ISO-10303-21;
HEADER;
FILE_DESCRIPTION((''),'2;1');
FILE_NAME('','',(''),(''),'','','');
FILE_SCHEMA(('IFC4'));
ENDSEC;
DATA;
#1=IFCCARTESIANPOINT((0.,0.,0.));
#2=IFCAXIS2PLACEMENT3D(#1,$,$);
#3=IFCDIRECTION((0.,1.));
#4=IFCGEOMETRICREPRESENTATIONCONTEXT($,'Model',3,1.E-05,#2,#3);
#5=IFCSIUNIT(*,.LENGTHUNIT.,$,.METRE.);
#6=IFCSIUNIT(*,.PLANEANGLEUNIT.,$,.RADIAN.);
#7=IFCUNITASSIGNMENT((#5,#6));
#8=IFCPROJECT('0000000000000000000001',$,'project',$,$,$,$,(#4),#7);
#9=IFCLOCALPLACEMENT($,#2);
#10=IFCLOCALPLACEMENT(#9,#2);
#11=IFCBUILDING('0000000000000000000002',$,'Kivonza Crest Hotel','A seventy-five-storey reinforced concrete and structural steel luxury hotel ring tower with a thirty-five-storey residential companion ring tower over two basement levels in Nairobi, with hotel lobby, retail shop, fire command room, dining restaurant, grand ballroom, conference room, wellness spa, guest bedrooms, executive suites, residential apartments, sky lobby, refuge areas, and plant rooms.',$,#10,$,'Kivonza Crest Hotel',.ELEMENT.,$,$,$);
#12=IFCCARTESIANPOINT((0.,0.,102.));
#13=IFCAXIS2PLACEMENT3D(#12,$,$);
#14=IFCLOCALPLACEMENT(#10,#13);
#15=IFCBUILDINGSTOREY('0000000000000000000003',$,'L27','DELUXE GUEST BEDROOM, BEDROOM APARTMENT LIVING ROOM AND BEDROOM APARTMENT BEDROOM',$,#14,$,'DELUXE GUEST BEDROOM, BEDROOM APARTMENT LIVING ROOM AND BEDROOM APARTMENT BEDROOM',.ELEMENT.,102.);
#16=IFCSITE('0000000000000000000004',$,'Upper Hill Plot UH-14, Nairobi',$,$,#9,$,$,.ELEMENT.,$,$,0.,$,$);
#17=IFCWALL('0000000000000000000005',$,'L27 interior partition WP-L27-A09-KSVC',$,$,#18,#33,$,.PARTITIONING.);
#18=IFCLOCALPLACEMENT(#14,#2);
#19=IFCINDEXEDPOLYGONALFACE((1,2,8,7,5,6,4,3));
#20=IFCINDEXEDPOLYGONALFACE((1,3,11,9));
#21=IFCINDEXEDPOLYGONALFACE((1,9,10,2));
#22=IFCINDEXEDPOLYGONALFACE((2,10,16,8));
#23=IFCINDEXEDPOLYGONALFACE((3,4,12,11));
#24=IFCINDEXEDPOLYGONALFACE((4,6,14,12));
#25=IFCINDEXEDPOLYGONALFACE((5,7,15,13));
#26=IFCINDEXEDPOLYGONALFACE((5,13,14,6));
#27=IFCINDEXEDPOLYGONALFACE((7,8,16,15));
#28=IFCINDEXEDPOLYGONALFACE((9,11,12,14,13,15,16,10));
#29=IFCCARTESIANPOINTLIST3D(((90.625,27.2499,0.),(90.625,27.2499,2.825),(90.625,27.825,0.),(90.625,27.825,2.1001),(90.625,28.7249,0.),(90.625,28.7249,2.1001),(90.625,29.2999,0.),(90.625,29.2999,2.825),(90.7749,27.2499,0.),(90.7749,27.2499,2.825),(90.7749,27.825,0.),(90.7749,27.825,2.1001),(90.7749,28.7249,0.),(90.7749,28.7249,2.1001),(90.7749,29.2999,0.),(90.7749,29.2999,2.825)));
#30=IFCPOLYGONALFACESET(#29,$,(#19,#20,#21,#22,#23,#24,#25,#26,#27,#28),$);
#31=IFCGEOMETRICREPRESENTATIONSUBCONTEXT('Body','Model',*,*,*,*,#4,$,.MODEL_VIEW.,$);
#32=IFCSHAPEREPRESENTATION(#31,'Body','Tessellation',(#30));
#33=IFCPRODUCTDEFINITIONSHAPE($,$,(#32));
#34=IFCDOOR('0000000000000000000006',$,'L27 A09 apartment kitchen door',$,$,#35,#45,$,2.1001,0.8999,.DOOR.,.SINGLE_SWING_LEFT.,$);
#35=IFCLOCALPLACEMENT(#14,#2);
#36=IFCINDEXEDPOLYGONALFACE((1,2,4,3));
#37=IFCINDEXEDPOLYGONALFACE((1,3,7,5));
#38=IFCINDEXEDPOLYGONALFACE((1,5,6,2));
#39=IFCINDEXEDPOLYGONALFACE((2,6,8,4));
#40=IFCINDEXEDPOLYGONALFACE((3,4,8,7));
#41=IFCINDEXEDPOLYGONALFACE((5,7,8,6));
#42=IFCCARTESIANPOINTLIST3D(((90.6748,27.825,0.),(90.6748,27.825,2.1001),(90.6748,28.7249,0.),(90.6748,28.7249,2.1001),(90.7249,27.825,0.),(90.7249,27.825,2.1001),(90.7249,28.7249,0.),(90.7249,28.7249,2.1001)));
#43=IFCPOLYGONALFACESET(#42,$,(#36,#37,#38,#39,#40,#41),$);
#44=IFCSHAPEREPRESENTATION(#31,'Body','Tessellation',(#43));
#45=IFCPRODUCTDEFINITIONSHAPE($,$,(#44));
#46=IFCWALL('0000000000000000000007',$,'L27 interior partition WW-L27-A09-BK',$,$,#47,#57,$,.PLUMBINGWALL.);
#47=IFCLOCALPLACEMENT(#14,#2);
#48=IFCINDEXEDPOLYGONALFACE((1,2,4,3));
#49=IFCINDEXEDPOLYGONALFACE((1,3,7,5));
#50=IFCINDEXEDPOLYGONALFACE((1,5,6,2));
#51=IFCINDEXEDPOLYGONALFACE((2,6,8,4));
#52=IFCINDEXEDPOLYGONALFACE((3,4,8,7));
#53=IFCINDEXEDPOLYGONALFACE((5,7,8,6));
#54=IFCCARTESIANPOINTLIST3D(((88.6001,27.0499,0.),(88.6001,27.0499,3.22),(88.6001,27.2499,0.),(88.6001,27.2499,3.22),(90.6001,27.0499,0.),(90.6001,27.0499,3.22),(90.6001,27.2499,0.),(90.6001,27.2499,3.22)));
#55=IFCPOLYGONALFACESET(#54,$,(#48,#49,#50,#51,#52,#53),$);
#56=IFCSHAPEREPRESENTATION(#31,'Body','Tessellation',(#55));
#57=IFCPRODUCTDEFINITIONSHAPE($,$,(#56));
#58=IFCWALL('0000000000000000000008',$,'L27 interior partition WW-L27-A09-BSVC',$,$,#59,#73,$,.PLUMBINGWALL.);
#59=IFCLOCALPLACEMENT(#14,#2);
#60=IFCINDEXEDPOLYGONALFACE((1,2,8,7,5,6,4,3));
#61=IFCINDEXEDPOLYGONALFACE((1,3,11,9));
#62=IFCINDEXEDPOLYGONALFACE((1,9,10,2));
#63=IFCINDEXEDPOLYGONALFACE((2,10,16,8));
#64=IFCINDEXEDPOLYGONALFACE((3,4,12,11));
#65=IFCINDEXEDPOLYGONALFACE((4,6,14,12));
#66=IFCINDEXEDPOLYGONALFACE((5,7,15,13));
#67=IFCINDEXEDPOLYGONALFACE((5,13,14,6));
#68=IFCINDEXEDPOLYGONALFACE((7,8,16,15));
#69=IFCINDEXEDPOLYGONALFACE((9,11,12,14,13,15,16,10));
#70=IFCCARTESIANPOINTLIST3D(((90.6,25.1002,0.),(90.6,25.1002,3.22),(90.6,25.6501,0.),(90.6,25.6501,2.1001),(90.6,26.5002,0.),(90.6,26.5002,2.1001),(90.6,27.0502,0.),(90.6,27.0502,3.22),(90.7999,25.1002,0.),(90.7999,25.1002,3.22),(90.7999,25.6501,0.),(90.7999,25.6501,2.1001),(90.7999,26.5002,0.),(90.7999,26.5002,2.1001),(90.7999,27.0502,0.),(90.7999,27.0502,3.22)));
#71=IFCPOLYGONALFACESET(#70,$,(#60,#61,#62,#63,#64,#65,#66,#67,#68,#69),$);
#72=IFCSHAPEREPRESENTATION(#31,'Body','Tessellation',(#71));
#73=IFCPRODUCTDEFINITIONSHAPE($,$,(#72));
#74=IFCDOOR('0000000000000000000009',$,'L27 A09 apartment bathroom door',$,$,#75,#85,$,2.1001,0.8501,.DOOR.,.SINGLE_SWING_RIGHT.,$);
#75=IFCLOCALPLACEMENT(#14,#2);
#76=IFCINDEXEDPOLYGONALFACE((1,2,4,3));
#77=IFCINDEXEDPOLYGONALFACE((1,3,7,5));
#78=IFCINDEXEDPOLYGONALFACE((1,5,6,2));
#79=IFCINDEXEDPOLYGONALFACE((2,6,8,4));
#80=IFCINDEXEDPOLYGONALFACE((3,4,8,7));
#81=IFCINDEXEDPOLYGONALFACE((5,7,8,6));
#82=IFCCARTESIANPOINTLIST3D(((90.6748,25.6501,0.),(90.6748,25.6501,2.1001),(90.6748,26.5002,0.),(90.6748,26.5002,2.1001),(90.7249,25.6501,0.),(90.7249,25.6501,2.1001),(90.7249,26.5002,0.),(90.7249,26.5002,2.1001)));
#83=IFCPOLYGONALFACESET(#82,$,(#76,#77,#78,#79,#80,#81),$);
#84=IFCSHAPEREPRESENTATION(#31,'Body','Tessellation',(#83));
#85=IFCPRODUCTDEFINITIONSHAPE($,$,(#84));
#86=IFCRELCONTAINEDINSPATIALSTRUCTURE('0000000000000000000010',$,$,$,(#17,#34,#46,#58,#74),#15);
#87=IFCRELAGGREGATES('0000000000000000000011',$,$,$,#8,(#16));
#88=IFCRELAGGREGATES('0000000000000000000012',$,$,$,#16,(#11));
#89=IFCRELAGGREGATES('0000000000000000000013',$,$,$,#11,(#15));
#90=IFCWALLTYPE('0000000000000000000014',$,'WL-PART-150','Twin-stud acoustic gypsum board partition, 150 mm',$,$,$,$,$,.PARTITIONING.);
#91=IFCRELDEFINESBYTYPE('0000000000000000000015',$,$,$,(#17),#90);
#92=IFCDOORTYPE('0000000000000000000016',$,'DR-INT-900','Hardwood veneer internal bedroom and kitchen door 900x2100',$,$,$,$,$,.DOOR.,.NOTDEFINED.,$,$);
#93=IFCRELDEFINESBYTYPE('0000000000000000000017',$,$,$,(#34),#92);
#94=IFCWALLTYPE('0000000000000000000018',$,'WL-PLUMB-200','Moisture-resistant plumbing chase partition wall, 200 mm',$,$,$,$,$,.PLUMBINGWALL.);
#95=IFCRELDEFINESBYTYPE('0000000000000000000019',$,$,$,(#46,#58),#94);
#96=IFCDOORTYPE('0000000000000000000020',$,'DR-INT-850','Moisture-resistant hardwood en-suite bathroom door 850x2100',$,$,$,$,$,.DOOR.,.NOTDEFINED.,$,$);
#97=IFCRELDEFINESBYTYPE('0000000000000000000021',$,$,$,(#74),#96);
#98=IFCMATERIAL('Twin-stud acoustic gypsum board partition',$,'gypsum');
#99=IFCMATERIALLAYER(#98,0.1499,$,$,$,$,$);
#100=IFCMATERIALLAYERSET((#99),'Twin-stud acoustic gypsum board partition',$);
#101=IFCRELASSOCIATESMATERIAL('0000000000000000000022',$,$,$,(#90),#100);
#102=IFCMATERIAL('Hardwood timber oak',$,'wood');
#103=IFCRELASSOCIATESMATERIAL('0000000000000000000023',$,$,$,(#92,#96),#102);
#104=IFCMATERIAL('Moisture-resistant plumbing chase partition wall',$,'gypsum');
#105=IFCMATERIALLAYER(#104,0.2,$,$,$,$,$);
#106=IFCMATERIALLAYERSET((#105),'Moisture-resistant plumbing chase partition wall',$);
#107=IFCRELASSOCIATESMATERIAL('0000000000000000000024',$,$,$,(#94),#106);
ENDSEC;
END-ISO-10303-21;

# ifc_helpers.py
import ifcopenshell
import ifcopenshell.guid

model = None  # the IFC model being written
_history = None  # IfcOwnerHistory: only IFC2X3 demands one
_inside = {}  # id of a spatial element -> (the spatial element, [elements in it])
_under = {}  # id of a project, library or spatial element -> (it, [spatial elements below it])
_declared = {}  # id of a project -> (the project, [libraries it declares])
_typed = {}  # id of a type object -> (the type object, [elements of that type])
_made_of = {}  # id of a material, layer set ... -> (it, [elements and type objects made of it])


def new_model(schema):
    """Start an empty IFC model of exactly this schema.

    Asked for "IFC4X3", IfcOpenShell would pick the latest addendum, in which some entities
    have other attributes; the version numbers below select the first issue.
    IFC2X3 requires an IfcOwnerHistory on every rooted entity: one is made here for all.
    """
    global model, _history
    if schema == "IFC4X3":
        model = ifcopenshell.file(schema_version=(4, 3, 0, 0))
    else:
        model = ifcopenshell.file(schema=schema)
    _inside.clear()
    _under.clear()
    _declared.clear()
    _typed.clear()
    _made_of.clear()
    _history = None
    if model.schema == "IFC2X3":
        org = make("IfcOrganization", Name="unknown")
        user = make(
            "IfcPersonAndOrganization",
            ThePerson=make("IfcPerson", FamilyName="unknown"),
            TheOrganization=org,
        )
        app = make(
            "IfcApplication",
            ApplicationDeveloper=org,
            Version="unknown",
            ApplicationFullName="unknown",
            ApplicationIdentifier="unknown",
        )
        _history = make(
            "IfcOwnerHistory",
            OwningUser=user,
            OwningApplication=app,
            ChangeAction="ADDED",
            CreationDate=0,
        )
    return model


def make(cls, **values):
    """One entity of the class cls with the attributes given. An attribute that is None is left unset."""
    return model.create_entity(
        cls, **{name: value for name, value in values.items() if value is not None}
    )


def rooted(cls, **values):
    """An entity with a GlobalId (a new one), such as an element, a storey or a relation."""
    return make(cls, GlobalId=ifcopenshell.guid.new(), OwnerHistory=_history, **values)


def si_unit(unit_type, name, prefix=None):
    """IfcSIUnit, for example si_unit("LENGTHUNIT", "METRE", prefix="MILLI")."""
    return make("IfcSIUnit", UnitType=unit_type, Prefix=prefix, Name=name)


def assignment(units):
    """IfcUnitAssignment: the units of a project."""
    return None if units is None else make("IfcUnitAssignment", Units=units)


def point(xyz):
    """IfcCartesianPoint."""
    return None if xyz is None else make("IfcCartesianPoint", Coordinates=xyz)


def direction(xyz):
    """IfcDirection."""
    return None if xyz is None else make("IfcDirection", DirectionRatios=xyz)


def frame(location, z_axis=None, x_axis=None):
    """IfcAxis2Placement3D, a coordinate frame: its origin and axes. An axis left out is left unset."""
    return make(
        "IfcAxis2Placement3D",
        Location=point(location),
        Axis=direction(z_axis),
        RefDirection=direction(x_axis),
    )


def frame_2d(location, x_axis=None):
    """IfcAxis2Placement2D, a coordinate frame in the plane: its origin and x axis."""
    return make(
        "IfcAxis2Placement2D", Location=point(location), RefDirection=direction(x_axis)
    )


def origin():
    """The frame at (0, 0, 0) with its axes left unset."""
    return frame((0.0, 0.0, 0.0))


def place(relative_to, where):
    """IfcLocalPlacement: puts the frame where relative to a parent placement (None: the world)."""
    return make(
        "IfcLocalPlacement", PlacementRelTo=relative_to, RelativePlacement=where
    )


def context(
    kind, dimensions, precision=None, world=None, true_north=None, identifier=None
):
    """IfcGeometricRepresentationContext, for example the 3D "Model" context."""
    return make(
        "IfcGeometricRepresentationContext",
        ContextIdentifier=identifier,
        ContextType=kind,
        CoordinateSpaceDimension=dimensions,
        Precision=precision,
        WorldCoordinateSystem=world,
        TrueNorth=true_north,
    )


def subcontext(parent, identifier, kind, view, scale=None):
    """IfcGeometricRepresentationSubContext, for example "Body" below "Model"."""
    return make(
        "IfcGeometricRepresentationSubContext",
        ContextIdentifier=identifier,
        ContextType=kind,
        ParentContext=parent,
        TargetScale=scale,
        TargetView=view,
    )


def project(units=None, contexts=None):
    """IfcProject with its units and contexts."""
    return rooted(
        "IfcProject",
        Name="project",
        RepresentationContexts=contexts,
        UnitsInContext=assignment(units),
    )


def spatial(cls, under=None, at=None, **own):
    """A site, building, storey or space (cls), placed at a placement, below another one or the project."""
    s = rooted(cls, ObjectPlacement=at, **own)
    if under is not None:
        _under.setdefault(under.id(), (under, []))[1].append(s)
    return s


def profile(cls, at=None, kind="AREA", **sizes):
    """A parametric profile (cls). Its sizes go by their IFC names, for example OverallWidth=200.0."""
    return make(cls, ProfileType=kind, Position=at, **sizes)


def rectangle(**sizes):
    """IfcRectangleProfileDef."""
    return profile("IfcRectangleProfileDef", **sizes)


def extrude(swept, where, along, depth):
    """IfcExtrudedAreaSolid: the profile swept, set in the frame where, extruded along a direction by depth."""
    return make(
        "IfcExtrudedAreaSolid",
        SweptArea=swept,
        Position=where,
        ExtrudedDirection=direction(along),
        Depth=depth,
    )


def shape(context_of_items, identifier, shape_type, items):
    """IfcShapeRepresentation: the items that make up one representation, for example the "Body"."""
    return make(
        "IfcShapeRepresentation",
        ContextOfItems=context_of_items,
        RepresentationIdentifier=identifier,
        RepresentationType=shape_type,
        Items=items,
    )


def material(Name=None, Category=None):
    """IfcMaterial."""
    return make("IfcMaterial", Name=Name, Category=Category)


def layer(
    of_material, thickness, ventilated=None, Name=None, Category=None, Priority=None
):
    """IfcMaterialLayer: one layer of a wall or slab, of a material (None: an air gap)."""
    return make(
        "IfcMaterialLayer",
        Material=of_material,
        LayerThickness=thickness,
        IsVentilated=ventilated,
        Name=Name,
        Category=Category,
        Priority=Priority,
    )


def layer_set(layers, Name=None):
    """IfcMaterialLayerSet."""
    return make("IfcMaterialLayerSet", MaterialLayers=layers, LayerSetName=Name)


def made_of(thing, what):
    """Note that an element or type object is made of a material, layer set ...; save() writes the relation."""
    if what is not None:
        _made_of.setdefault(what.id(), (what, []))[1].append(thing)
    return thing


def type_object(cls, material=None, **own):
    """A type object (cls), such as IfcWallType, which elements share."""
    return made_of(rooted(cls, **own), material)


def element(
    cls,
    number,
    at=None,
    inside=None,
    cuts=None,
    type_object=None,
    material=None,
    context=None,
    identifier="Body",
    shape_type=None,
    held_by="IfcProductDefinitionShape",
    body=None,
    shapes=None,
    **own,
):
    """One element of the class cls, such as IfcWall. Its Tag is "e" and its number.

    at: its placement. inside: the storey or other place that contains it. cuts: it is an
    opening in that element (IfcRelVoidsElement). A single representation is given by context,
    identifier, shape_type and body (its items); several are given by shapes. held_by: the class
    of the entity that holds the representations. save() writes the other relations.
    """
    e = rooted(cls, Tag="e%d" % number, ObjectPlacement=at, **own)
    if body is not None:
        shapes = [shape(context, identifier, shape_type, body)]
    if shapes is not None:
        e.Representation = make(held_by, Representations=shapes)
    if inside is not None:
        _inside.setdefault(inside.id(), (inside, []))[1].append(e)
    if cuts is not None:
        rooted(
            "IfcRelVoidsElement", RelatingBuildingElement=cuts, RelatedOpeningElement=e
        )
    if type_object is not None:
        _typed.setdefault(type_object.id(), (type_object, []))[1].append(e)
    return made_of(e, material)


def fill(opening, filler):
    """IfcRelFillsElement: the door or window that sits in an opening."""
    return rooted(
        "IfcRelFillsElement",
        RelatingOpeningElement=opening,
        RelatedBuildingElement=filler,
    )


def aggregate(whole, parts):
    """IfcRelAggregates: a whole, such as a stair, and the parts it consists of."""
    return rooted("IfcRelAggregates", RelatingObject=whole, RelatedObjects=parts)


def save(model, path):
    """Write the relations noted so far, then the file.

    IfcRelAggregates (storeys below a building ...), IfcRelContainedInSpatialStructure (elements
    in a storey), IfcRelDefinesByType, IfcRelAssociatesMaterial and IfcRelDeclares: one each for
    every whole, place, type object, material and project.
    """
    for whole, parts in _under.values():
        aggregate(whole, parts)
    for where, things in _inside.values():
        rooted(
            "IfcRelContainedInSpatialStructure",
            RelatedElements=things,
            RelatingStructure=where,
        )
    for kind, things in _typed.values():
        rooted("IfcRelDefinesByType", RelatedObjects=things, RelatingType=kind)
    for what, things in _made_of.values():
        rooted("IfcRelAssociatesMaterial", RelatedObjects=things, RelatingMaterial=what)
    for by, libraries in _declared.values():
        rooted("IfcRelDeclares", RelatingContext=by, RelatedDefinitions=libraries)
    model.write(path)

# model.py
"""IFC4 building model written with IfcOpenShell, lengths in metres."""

from ifc_helpers import new_model, si_unit, direction, frame, frame_2d, origin, place, context, subcontext, project, spatial, rectangle, extrude, material, layer, layer_set, type_object, element, fill, save


model = new_model("IFC4")

# Units and contexts
model_context = context("Model", 3, precision=1e-05, world=origin(), true_north=direction((0.0, 1.0)))
body_context = subcontext(model_context, "Body", "Model", "MODEL_VIEW")
ifc_project = project(units=[si_unit("LENGTHUNIT", "METRE"), si_unit("PLANEANGLEUNIT", "RADIAN")], contexts=[model_context])

# Site, building, storey
site_placement = place(None, origin())
site = spatial("IfcSite", under=ifc_project, at=site_placement, Name="Upper Hill Plot UH-14, Nairobi", CompositionType="ELEMENT", RefElevation=0.0)
building_placement = place(site_placement, origin())
building = spatial("IfcBuilding", under=site, at=building_placement, Name="Kivonza Crest Hotel", Description="A seventy-five-storey reinforced concrete and structural steel luxury hotel ring tower with a thirty-five-storey residential companion ring tower over two basement levels in Nairobi, with hotel lobby, retail shop, fire command room, dining restaurant, grand ballroom, conference room, wellness spa, guest bedrooms, executive suites, residential apartments, sky lobby, refuge areas, and plant rooms.", LongName="Kivonza Crest Hotel", CompositionType="ELEMENT")
storey_placement = place(building_placement, frame((0.0, 0.0, 102.0)))
storey = spatial("IfcBuildingStorey", under=building, at=storey_placement, Name="L27", Description="DELUXE GUEST BEDROOM, BEDROOM APARTMENT LIVING ROOM AND BEDROOM APARTMENT BEDROOM", LongName="DELUXE GUEST BEDROOM, BEDROOM APARTMENT LIVING ROOM AND BEDROOM APARTMENT BEDROOM", CompositionType="ELEMENT", Elevation=102.0)

# Shared definitions
ifc_material_1 = material(Name="Hardwood timber oak", Category="wood")

# Shared definitions
ifc_material_2 = material(Name="Twin-stud acoustic gypsum board partition", Category="gypsum")
ifc_layer_1 = layer(ifc_material_2, 0.1499)
ifc_layer_set_1 = layer_set([ifc_layer_1], Name="Twin-stud acoustic gypsum board partition")
wall_type_1 = type_object("IfcWallType", Name="WL-PART-150", Description="Twin-stud acoustic gypsum board partition, 150 mm", PredefinedType="PARTITIONING", material=ifc_layer_set_1)

# Wall, opening, door
wall_1_placement = place(storey_placement, frame((90.7, 27.25, 0.0), z_axis=(0.0, 0.0, 1.0), x_axis=(0.0, 1.0, 0.0)))
wall_1 = element("IfcWall", 1, at=wall_1_placement, inside=storey, type_object=wall_type_1, Name="L27 interior partition WP-L27-A09-KSVC", PredefinedType="PARTITIONING", context=body_context, shape_type="SweptSolid", body=[
    extrude(rectangle(XDim=2.05, YDim=0.1499, at=frame_2d((1.0249, 0.0))), origin(), (0.0, 0.0, 1.0), 2.825),
])
opening_1_placement = place(wall_1_placement, frame((0.575, 0.0, 0.0)))
opening_1 = element("IfcOpeningElement", 2, at=opening_1_placement, cuts=wall_1, PredefinedType="OPENING", context=body_context, shape_type="SweptSolid", body=[
    extrude(rectangle(XDim=0.8999, YDim=2.1001, at=frame_2d((0.45, 1.05))), frame((0.0, 0.085, 0.0), z_axis=(0.0, -1.0, 0.0), x_axis=(1.0, 0.0, 0.0)), (0.0, 0.0, 1.0), 0.1699),
])
door_type_1 = type_object("IfcDoorType", Name="DR-INT-900", Description="Hardwood veneer internal bedroom and kitchen door 900x2100", OperationType="NOTDEFINED", PredefinedType="DOOR", material=ifc_material_1)
door_1_placement = place(opening_1_placement, frame((0.8999, 0.0, 0.0), z_axis=(0.0, 0.0, 1.0), x_axis=(-1.0, 0.0, 0.0)))
door_1 = element("IfcDoor", 3, at=door_1_placement, inside=storey, type_object=door_type_1, Name="L27 A09 apartment kitchen door", OperationType="SINGLE_SWING_LEFT", OverallHeight=2.1001, OverallWidth=0.8999, PredefinedType="DOOR", context=body_context, shape_type="SweptSolid", body=[
    extrude(rectangle(XDim=0.8999, YDim=2.1001, at=frame_2d((0.45, 1.05))), frame((0.0, 0.0249, 0.0), z_axis=(0.0, -1.0, 0.0), x_axis=(1.0, 0.0, 0.0)), (0.0, 0.0, 1.0), 0.05),
])
fill(opening_1, door_1)

# Wall
ifc_material_3 = material(Name="Moisture-resistant plumbing chase partition wall", Category="gypsum")
ifc_layer_2 = layer(ifc_material_3, 0.2)
ifc_layer_set_2 = layer_set([ifc_layer_2], Name="Moisture-resistant plumbing chase partition wall")
wall_type_2 = type_object("IfcWallType", Name="WL-PLUMB-200", Description="Moisture-resistant plumbing chase partition wall, 200 mm", PredefinedType="PLUMBINGWALL", material=ifc_layer_set_2)
wall_2_placement = place(storey_placement, frame((88.6001, 27.1499, 0.0), z_axis=(0.0, 0.0, 1.0), x_axis=(1.0, 0.0, 0.0)))
element("IfcWall", 4, at=wall_2_placement, inside=storey, type_object=wall_type_2, Name="L27 interior partition WW-L27-A09-BK", PredefinedType="PLUMBINGWALL", context=body_context, shape_type="SweptSolid", body=[
    extrude(rectangle(XDim=2.0, YDim=0.2, at=frame_2d((1.0, 0.0))), origin(), (0.0, 0.0, 1.0), 3.22),
])

# Wall, opening, door
wall_3_placement = place(storey_placement, frame((90.7, 25.1001, 0.0), z_axis=(0.0, 0.0, 1.0), x_axis=(0.0, 1.0, 0.0)))
wall_3 = element("IfcWall", 5, at=wall_3_placement, inside=storey, type_object=wall_type_2, Name="L27 interior partition WW-L27-A09-BSVC", PredefinedType="PLUMBINGWALL", context=body_context, shape_type="SweptSolid", body=[
    extrude(rectangle(XDim=1.95, YDim=0.2, at=frame_2d((0.9751, 0.0))), origin(), (0.0, 0.0, 1.0), 3.22),
])
opening_2_placement = place(wall_3_placement, frame((0.55, 0.0, 0.0)))
opening_2 = element("IfcOpeningElement", 6, at=opening_2_placement, cuts=wall_3, PredefinedType="OPENING", context=body_context, shape_type="SweptSolid", body=[
    extrude(rectangle(XDim=0.8501, YDim=2.1001, at=frame_2d((0.425, 1.05))), frame((0.0, 0.1099, 0.0), z_axis=(0.0, -1.0, 0.0), x_axis=(1.0, 0.0, 0.0)), (0.0, 0.0, 1.0), 0.22),
])
door_type_2 = type_object("IfcDoorType", Name="DR-INT-850", Description="Moisture-resistant hardwood en-suite bathroom door 850x2100", OperationType="NOTDEFINED", PredefinedType="DOOR", material=ifc_material_1)
door_2_placement = place(opening_2_placement, frame((0.8501, 0.0, 0.0), z_axis=(0.0, 0.0, 1.0), x_axis=(-1.0, 0.0, 0.0)))
door_2 = element("IfcDoor", 7, at=door_2_placement, inside=storey, type_object=door_type_2, Name="L27 A09 apartment bathroom door", OperationType="SINGLE_SWING_RIGHT", OverallHeight=2.1001, OverallWidth=0.8501, PredefinedType="DOOR", context=body_context, shape_type="SweptSolid", body=[
    extrude(rectangle(XDim=0.8501, YDim=2.1001, at=frame_2d((0.425, 1.05))), frame((0.0, 0.0249, 0.0), z_axis=(0.0, -1.0, 0.0), x_axis=(1.0, 0.0, 0.0)), (0.0, 0.0, 1.0), 0.05),
])
fill(opening_2, door_2)

save(model, "model.ifc")
